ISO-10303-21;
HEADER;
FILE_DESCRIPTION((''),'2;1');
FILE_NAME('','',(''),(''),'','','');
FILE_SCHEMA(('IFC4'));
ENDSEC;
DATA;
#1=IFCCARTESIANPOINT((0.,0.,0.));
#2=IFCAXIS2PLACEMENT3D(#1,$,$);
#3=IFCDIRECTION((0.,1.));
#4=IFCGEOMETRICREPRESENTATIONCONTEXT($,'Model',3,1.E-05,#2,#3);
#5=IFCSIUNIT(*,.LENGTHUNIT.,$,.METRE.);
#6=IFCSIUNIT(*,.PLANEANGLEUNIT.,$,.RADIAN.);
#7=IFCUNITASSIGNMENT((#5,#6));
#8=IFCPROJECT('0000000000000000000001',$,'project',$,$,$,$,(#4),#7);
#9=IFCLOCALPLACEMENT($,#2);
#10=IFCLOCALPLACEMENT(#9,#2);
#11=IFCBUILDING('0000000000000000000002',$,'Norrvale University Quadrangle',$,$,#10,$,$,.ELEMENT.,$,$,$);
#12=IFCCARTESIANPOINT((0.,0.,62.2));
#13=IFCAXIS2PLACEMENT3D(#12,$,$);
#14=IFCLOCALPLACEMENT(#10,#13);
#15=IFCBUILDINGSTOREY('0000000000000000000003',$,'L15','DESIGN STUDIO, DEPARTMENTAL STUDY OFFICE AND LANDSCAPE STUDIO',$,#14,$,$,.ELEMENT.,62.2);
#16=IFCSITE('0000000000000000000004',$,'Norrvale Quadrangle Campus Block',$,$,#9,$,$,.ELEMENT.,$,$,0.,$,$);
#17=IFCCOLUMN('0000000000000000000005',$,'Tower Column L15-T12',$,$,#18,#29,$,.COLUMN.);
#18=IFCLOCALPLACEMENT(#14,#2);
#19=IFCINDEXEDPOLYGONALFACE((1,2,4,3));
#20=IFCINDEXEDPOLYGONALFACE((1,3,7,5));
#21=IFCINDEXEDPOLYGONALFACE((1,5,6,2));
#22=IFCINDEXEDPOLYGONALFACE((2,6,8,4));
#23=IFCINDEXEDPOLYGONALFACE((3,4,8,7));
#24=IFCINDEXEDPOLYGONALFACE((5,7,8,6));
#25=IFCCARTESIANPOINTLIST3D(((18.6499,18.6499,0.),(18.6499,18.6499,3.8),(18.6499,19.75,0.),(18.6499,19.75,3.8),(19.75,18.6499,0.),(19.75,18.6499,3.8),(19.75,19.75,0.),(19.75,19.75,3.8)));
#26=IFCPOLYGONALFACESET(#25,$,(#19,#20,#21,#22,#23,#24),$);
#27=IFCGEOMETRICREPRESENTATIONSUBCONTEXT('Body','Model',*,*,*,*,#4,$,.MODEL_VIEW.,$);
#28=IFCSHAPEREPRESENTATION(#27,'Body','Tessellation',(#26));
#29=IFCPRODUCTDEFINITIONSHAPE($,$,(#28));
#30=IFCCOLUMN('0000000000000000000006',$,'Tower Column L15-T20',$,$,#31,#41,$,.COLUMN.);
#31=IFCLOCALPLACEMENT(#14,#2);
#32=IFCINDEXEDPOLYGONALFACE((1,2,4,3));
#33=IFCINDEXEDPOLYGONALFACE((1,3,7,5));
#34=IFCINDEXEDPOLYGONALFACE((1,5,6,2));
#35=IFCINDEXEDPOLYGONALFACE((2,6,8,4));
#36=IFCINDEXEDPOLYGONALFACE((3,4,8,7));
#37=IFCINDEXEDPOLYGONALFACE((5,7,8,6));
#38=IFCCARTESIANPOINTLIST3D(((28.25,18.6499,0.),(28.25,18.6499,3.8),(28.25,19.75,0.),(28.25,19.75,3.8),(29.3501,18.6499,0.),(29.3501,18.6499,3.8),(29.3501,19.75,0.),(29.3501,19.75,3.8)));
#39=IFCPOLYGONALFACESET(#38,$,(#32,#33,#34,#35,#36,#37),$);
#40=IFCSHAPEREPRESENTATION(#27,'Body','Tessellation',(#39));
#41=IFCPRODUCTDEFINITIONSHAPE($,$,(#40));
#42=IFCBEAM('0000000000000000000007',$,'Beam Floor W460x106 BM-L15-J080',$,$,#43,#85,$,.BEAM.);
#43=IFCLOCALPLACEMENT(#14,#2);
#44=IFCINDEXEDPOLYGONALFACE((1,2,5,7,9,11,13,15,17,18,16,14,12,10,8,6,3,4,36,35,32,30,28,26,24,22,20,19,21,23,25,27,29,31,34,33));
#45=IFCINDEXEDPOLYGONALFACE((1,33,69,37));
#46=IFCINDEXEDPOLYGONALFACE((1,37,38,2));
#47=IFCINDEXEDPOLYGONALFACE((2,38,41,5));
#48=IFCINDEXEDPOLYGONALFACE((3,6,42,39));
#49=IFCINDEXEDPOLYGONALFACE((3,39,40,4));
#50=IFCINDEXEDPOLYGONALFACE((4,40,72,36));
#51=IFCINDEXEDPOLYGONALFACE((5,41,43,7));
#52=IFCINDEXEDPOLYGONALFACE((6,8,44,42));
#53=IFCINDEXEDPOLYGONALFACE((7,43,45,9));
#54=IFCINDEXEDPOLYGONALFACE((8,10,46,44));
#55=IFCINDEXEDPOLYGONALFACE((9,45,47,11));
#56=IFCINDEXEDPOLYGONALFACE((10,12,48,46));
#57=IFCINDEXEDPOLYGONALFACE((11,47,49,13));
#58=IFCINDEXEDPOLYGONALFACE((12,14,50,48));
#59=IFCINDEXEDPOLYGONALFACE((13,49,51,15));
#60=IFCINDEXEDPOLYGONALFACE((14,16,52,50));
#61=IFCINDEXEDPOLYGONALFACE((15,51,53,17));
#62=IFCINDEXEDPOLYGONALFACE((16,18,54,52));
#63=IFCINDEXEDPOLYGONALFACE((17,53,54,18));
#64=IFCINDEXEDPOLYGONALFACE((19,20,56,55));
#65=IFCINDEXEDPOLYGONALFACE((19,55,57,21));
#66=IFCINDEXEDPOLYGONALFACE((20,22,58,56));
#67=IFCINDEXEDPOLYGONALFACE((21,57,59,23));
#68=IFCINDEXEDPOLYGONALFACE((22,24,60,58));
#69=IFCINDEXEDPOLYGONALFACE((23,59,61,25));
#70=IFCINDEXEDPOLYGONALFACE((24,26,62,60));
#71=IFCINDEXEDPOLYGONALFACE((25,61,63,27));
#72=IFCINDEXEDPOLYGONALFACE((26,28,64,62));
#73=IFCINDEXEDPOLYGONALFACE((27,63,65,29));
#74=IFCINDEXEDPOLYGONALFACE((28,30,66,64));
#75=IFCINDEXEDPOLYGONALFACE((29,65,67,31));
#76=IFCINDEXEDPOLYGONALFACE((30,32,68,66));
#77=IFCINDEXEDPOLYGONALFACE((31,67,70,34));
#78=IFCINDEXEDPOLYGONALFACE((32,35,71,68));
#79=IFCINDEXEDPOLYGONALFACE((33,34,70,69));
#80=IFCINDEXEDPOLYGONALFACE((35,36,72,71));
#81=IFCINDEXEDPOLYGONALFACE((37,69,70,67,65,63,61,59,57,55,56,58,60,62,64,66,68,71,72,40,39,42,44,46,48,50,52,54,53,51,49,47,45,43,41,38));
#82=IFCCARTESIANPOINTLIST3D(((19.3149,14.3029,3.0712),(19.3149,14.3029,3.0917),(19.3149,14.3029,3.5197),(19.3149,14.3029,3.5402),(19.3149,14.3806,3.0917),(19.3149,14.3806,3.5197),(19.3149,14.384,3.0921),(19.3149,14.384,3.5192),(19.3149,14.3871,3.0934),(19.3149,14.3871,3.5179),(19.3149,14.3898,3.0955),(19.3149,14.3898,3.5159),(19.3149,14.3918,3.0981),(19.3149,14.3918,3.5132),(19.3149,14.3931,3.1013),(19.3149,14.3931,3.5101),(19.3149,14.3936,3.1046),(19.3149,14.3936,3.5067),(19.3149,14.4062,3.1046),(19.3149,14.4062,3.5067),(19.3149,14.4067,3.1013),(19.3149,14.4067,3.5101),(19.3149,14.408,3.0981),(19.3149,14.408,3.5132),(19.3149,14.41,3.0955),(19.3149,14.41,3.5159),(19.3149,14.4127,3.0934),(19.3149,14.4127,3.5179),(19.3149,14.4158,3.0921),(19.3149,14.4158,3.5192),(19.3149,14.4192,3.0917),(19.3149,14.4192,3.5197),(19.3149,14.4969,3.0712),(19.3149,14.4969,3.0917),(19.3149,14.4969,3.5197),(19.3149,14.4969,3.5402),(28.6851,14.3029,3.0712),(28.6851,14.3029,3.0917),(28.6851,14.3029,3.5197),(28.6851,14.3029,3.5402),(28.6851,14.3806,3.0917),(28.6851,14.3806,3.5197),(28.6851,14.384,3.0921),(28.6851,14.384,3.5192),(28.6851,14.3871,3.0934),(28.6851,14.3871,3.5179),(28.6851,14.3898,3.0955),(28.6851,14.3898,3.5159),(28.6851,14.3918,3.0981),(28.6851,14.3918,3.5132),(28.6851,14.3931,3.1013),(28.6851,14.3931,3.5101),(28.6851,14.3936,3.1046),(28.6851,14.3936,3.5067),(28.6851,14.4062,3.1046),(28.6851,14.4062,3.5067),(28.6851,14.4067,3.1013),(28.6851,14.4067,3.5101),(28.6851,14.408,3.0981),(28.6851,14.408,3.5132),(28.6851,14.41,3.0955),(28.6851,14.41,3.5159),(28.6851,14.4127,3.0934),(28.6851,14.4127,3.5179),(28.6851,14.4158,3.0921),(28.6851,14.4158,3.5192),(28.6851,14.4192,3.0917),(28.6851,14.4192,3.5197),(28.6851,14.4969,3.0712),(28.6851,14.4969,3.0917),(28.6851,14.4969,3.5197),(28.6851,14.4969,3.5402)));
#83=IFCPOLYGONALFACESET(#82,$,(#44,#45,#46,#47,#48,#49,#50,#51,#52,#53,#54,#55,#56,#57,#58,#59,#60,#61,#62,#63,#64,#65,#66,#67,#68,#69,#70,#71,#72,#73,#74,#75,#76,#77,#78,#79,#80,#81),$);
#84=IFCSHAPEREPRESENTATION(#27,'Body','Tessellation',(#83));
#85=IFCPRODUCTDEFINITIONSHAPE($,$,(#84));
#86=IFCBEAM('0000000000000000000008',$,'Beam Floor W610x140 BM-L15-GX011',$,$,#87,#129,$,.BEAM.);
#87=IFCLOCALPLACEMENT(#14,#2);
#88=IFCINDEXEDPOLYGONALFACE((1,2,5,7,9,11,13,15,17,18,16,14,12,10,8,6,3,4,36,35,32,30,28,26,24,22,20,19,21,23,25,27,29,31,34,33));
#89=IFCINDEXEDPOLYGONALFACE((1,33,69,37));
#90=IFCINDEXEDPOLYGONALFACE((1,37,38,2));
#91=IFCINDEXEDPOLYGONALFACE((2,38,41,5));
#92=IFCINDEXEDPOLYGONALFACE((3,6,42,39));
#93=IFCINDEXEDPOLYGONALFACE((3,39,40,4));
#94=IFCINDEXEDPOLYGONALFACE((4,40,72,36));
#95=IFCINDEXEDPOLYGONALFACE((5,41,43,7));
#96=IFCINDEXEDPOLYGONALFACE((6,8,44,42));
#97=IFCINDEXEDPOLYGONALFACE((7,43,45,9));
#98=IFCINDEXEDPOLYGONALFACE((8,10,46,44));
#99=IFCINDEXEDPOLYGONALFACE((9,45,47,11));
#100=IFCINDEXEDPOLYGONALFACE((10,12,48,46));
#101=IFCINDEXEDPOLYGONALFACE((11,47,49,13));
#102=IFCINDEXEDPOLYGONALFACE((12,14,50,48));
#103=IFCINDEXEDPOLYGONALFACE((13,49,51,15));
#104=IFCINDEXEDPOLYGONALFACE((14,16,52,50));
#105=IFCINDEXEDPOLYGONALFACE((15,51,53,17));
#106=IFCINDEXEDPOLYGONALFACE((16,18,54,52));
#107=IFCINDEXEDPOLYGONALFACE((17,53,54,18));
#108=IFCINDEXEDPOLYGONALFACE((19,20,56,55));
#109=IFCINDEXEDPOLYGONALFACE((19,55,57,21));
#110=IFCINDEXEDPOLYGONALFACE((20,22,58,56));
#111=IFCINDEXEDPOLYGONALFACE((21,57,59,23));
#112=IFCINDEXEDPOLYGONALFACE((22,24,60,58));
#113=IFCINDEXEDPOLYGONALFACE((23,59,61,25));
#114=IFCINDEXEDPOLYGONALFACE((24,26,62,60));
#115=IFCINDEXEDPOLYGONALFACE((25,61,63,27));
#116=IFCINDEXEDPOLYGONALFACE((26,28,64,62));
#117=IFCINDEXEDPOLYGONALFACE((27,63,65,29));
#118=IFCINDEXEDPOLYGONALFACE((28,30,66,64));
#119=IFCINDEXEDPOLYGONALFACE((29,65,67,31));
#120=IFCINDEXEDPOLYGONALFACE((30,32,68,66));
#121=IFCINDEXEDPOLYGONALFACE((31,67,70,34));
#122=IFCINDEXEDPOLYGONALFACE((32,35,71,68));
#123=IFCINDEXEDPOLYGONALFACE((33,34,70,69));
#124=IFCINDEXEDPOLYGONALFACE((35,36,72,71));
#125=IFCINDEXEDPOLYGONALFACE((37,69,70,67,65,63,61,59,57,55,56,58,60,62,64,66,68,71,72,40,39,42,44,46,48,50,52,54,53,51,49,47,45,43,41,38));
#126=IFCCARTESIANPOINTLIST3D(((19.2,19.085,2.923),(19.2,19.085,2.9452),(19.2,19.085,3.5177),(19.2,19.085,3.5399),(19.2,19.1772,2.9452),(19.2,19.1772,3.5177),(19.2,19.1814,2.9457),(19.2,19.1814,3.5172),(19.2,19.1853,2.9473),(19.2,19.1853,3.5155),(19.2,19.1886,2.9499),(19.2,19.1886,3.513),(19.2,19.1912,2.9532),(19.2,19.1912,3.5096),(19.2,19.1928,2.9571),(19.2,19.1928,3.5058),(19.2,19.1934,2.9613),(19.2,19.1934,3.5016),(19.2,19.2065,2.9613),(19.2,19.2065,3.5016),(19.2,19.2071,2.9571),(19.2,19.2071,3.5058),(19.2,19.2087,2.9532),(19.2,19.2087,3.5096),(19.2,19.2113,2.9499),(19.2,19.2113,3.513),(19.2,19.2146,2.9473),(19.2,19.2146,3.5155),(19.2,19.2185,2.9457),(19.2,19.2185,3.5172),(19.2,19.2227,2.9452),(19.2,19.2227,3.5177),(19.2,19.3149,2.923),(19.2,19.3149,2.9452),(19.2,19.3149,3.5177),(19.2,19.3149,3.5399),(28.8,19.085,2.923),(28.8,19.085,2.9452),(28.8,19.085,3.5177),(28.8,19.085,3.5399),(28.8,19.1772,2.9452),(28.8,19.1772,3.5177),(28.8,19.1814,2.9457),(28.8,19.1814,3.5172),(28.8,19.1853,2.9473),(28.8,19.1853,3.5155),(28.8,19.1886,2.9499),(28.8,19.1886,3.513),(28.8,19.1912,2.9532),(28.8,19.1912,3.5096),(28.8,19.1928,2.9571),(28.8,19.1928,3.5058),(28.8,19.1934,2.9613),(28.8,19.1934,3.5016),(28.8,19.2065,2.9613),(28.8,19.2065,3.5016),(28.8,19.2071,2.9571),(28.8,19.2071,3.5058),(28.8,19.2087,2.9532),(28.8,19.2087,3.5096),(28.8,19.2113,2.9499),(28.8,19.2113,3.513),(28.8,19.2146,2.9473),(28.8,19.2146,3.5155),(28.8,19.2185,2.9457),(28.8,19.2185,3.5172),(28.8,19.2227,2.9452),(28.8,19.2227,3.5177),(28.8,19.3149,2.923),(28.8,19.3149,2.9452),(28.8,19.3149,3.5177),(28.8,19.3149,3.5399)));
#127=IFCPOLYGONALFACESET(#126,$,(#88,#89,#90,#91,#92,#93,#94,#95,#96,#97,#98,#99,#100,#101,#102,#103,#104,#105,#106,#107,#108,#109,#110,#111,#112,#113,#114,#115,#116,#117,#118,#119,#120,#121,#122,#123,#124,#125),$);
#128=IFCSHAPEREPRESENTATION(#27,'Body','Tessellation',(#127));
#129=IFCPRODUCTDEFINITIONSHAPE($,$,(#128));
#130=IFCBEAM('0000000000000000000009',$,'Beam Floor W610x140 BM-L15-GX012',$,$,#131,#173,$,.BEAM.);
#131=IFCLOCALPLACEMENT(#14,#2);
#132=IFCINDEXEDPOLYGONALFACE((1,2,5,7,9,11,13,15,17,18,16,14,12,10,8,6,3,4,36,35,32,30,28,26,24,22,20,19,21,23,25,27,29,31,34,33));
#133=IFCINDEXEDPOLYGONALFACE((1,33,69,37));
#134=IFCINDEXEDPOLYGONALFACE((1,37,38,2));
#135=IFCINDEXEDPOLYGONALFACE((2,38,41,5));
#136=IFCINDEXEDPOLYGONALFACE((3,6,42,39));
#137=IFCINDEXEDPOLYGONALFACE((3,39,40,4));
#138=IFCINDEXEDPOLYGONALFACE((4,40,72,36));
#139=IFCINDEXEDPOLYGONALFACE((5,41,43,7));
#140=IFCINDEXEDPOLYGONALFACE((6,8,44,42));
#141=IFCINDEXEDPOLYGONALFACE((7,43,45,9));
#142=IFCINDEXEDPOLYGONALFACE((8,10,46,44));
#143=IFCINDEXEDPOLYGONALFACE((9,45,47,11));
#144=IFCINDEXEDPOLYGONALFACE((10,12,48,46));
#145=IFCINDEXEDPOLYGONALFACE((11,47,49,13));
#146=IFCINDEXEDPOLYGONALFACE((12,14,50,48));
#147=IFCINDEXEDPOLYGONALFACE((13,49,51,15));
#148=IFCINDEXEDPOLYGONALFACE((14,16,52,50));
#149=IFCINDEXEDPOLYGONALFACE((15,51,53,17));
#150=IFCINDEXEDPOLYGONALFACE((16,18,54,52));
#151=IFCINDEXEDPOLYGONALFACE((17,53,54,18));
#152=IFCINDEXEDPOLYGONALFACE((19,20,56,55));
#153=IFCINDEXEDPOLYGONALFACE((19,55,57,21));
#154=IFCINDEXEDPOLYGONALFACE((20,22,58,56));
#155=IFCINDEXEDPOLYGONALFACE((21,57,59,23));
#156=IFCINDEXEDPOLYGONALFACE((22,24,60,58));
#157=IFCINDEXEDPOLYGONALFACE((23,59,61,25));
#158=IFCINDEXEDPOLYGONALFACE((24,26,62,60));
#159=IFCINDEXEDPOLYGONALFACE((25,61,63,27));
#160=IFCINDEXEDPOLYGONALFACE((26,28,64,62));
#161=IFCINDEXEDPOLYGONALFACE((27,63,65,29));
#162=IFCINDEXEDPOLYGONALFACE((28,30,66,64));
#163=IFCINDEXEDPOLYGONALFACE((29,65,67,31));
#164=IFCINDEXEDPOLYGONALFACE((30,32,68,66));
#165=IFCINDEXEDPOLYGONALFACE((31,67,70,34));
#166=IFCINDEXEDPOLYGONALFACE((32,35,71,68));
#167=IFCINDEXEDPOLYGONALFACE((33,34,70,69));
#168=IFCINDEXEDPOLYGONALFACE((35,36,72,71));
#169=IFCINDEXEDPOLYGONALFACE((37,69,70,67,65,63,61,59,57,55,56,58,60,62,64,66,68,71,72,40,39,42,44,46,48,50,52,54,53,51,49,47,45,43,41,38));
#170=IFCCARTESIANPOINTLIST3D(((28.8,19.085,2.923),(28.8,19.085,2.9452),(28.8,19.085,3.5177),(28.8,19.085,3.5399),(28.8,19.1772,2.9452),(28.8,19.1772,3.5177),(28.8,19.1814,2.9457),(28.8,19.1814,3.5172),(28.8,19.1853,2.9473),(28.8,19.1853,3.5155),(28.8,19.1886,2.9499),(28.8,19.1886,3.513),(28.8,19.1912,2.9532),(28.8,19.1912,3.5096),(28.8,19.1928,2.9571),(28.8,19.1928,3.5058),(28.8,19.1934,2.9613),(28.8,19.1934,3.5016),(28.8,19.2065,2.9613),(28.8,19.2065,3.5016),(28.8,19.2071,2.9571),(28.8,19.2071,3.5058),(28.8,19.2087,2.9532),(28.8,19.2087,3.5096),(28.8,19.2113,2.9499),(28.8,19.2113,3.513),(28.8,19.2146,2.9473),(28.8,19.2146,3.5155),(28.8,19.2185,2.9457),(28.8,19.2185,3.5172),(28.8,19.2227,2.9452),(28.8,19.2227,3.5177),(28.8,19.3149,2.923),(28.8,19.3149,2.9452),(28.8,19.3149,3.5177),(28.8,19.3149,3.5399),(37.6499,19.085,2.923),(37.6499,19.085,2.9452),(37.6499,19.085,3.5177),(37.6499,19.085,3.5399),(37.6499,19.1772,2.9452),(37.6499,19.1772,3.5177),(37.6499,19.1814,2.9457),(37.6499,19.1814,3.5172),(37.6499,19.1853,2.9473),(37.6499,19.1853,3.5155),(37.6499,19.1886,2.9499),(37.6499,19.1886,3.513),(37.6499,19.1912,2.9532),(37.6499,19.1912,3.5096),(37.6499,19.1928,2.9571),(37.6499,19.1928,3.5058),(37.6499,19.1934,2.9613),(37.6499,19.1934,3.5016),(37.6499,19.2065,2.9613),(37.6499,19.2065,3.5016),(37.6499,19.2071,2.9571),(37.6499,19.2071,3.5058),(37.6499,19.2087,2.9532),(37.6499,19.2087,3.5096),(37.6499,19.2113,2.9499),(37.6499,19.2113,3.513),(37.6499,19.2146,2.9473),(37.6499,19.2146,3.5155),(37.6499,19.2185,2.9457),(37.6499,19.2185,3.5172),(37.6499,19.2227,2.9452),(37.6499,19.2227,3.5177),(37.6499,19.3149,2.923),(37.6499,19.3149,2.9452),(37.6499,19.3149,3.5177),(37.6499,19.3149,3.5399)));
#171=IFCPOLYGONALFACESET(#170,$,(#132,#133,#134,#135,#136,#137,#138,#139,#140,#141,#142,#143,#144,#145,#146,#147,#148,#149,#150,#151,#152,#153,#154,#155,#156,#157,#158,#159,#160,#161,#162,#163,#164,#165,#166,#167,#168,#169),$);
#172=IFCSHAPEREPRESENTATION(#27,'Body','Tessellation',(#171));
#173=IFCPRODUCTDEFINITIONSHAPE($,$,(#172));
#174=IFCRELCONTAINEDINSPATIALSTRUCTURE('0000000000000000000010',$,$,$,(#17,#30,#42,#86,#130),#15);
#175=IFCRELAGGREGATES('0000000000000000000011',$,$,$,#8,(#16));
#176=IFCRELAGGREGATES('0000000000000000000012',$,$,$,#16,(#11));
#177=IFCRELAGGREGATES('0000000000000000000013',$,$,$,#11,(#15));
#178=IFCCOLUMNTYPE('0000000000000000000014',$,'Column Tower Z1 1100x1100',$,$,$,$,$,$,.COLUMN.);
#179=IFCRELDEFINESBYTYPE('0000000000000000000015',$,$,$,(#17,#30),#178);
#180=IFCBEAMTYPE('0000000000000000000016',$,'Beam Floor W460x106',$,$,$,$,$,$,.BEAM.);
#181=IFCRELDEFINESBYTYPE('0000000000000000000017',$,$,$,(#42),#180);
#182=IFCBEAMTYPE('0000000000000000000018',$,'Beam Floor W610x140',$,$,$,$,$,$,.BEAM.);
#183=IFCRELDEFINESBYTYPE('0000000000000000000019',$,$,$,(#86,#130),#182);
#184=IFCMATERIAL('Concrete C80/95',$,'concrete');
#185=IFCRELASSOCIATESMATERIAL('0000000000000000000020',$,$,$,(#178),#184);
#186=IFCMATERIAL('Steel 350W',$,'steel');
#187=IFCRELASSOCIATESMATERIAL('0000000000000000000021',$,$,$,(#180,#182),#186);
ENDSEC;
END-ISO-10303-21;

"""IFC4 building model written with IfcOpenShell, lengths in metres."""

from ifc_helpers import new_model, si_unit, direction, frame, origin, origin_2d, place, context, subcontext, project, spatial, rectangle, i_section, extrude, material, material_profile, profile_set, type_object, element, save


model = new_model("IFC4")

# Units and contexts
model_context = context("Model", 3, precision=1e-05, world=origin(), true_north=direction((0.0, 1.0)))
body_context = subcontext(model_context, "Body", "Model", "MODEL_VIEW")
ifc_project = project(units=[si_unit("LENGTHUNIT", "METRE"), si_unit("PLANEANGLEUNIT", "RADIAN")], contexts=[model_context])

# Site, building, storey
site_placement = place(None, origin())
site = spatial("IfcSite", under=ifc_project, at=site_placement, Name="Norrvale Quadrangle Campus Block", CompositionType="ELEMENT", RefElevation=0.0)
building_placement = place(site_placement, origin())
building = spatial("IfcBuilding", under=site, at=building_placement, Name="Norrvale University Quadrangle", CompositionType="ELEMENT")
storey_placement = place(building_placement, frame((0.0, 0.0, 62.2)))
storey = spatial("IfcBuildingStorey", under=building, at=storey_placement, Name="L15", Description="DESIGN STUDIO, DEPARTMENTAL STUDY OFFICE AND LANDSCAPE STUDIO", CompositionType="ELEMENT", Elevation=62.2)

# Columns
ifc_material_1 = material(Name="Concrete C80/95", Category="concrete")
ifc_material_profile_1 = material_profile(ifc_material_1, rectangle(XDim=1.1001, YDim=1.1001, at=origin_2d()), Name="Concrete C80/95")
ifc_profile_set_1 = profile_set([ifc_material_profile_1], Name="Concrete C80/95")
column_type = type_object("IfcColumnType", Name="Column Tower Z1 1100x1100", PredefinedType="COLUMN", material=ifc_profile_set_1)
for number, where, z_axis, x_axis, name in (
    (1, (19.2, 19.2, 0.0), (0.0, 0.0, 1.0), (1.0, 0.0, 0.0), "Tower Column L15-T12"),
    (2, (28.8, 19.2, 0.0), (0.0, 0.0, 1.0), (1.0, 0.0, 0.0), "Tower Column L15-T20"),
):
    element("IfcColumn", number, at=place(storey_placement, frame(where, z_axis=z_axis, x_axis=x_axis)), inside=storey, type_object=column_type, Name=name, PredefinedType="COLUMN", context=body_context, shape_type="SweptSolid", body=[
        extrude(rectangle(XDim=1.1001, YDim=1.1001, at=origin_2d()), origin(), (0.0, 0.0, 1.0), 3.8),
    ])

# Beams
ifc_material_2 = material(Name="Steel 350W", Category="steel")
ifc_material_profile_2 = material_profile(ifc_material_2, i_section(OverallWidth=0.1941, OverallDepth=0.469, WebThickness=0.0127, FlangeThickness=0.0205, FilletRadius=0.0129, at=origin_2d()), Name="Steel 350W")
ifc_profile_set_2 = profile_set([ifc_material_profile_2], Name="Steel 350W")
beam_type_1 = type_object("IfcBeamType", Name="Beam Floor W460x106", PredefinedType="BEAM", material=ifc_profile_set_2)
beam_1_placement = place(storey_placement, frame((19.3149, 14.3999, 3.3057), z_axis=(1.0, 0.0, 0.0), x_axis=(0.0, 1.0, 0.0)))
element("IfcBeam", 3, at=beam_1_placement, inside=storey, type_object=beam_type_1, Name="Beam Floor W460x106 BM-L15-J080", PredefinedType="BEAM", context=body_context, shape_type="SweptSolid", body=[
    extrude(i_section(OverallWidth=0.1941, OverallDepth=0.469, WebThickness=0.0127, FlangeThickness=0.0205, FilletRadius=0.0129, at=origin_2d()), origin(), (0.0, 0.0, 1.0), 9.3701),
])
ifc_material_profile_3 = material_profile(ifc_material_2, i_section(OverallWidth=0.23, OverallDepth=0.6169, WebThickness=0.0132, FlangeThickness=0.0222, FilletRadius=0.0161, at=origin_2d()), Name="Steel 350W")
ifc_profile_set_3 = profile_set([ifc_material_profile_3], Name="Steel 350W")
beam_type_2 = type_object("IfcBeamType", Name="Beam Floor W610x140", PredefinedType="BEAM", material=ifc_profile_set_3)
beam_2_placement = place(storey_placement, frame((19.2, 19.2, 3.2314), z_axis=(1.0, 0.0, 0.0), x_axis=(0.0, 1.0, 0.0)))
element("IfcBeam", 4, at=beam_2_placement, inside=storey, type_object=beam_type_2, Name="Beam Floor W610x140 BM-L15-GX011", PredefinedType="BEAM", context=body_context, shape_type="SweptSolid", body=[
    extrude(i_section(OverallWidth=0.23, OverallDepth=0.6169, WebThickness=0.0132, FlangeThickness=0.0222, FilletRadius=0.0161, at=origin_2d()), origin(), (0.0, 0.0, 1.0), 9.6001),
])
beam_3_placement = place(storey_placement, frame((28.8, 19.2, 3.2314), z_axis=(1.0, 0.0, 0.0), x_axis=(0.0, 1.0, 0.0)))
element("IfcBeam", 5, at=beam_3_placement, inside=storey, type_object=beam_type_2, Name="Beam Floor W610x140 BM-L15-GX012", PredefinedType="BEAM", context=body_context, shape_type="SweptSolid", body=[
    extrude(i_section(OverallWidth=0.23, OverallDepth=0.6169, WebThickness=0.0132, FlangeThickness=0.0222, FilletRadius=0.0161, at=origin_2d()), origin(), (0.0, 0.0, 1.0), 8.8499),
])

save(model, "model.ifc")
